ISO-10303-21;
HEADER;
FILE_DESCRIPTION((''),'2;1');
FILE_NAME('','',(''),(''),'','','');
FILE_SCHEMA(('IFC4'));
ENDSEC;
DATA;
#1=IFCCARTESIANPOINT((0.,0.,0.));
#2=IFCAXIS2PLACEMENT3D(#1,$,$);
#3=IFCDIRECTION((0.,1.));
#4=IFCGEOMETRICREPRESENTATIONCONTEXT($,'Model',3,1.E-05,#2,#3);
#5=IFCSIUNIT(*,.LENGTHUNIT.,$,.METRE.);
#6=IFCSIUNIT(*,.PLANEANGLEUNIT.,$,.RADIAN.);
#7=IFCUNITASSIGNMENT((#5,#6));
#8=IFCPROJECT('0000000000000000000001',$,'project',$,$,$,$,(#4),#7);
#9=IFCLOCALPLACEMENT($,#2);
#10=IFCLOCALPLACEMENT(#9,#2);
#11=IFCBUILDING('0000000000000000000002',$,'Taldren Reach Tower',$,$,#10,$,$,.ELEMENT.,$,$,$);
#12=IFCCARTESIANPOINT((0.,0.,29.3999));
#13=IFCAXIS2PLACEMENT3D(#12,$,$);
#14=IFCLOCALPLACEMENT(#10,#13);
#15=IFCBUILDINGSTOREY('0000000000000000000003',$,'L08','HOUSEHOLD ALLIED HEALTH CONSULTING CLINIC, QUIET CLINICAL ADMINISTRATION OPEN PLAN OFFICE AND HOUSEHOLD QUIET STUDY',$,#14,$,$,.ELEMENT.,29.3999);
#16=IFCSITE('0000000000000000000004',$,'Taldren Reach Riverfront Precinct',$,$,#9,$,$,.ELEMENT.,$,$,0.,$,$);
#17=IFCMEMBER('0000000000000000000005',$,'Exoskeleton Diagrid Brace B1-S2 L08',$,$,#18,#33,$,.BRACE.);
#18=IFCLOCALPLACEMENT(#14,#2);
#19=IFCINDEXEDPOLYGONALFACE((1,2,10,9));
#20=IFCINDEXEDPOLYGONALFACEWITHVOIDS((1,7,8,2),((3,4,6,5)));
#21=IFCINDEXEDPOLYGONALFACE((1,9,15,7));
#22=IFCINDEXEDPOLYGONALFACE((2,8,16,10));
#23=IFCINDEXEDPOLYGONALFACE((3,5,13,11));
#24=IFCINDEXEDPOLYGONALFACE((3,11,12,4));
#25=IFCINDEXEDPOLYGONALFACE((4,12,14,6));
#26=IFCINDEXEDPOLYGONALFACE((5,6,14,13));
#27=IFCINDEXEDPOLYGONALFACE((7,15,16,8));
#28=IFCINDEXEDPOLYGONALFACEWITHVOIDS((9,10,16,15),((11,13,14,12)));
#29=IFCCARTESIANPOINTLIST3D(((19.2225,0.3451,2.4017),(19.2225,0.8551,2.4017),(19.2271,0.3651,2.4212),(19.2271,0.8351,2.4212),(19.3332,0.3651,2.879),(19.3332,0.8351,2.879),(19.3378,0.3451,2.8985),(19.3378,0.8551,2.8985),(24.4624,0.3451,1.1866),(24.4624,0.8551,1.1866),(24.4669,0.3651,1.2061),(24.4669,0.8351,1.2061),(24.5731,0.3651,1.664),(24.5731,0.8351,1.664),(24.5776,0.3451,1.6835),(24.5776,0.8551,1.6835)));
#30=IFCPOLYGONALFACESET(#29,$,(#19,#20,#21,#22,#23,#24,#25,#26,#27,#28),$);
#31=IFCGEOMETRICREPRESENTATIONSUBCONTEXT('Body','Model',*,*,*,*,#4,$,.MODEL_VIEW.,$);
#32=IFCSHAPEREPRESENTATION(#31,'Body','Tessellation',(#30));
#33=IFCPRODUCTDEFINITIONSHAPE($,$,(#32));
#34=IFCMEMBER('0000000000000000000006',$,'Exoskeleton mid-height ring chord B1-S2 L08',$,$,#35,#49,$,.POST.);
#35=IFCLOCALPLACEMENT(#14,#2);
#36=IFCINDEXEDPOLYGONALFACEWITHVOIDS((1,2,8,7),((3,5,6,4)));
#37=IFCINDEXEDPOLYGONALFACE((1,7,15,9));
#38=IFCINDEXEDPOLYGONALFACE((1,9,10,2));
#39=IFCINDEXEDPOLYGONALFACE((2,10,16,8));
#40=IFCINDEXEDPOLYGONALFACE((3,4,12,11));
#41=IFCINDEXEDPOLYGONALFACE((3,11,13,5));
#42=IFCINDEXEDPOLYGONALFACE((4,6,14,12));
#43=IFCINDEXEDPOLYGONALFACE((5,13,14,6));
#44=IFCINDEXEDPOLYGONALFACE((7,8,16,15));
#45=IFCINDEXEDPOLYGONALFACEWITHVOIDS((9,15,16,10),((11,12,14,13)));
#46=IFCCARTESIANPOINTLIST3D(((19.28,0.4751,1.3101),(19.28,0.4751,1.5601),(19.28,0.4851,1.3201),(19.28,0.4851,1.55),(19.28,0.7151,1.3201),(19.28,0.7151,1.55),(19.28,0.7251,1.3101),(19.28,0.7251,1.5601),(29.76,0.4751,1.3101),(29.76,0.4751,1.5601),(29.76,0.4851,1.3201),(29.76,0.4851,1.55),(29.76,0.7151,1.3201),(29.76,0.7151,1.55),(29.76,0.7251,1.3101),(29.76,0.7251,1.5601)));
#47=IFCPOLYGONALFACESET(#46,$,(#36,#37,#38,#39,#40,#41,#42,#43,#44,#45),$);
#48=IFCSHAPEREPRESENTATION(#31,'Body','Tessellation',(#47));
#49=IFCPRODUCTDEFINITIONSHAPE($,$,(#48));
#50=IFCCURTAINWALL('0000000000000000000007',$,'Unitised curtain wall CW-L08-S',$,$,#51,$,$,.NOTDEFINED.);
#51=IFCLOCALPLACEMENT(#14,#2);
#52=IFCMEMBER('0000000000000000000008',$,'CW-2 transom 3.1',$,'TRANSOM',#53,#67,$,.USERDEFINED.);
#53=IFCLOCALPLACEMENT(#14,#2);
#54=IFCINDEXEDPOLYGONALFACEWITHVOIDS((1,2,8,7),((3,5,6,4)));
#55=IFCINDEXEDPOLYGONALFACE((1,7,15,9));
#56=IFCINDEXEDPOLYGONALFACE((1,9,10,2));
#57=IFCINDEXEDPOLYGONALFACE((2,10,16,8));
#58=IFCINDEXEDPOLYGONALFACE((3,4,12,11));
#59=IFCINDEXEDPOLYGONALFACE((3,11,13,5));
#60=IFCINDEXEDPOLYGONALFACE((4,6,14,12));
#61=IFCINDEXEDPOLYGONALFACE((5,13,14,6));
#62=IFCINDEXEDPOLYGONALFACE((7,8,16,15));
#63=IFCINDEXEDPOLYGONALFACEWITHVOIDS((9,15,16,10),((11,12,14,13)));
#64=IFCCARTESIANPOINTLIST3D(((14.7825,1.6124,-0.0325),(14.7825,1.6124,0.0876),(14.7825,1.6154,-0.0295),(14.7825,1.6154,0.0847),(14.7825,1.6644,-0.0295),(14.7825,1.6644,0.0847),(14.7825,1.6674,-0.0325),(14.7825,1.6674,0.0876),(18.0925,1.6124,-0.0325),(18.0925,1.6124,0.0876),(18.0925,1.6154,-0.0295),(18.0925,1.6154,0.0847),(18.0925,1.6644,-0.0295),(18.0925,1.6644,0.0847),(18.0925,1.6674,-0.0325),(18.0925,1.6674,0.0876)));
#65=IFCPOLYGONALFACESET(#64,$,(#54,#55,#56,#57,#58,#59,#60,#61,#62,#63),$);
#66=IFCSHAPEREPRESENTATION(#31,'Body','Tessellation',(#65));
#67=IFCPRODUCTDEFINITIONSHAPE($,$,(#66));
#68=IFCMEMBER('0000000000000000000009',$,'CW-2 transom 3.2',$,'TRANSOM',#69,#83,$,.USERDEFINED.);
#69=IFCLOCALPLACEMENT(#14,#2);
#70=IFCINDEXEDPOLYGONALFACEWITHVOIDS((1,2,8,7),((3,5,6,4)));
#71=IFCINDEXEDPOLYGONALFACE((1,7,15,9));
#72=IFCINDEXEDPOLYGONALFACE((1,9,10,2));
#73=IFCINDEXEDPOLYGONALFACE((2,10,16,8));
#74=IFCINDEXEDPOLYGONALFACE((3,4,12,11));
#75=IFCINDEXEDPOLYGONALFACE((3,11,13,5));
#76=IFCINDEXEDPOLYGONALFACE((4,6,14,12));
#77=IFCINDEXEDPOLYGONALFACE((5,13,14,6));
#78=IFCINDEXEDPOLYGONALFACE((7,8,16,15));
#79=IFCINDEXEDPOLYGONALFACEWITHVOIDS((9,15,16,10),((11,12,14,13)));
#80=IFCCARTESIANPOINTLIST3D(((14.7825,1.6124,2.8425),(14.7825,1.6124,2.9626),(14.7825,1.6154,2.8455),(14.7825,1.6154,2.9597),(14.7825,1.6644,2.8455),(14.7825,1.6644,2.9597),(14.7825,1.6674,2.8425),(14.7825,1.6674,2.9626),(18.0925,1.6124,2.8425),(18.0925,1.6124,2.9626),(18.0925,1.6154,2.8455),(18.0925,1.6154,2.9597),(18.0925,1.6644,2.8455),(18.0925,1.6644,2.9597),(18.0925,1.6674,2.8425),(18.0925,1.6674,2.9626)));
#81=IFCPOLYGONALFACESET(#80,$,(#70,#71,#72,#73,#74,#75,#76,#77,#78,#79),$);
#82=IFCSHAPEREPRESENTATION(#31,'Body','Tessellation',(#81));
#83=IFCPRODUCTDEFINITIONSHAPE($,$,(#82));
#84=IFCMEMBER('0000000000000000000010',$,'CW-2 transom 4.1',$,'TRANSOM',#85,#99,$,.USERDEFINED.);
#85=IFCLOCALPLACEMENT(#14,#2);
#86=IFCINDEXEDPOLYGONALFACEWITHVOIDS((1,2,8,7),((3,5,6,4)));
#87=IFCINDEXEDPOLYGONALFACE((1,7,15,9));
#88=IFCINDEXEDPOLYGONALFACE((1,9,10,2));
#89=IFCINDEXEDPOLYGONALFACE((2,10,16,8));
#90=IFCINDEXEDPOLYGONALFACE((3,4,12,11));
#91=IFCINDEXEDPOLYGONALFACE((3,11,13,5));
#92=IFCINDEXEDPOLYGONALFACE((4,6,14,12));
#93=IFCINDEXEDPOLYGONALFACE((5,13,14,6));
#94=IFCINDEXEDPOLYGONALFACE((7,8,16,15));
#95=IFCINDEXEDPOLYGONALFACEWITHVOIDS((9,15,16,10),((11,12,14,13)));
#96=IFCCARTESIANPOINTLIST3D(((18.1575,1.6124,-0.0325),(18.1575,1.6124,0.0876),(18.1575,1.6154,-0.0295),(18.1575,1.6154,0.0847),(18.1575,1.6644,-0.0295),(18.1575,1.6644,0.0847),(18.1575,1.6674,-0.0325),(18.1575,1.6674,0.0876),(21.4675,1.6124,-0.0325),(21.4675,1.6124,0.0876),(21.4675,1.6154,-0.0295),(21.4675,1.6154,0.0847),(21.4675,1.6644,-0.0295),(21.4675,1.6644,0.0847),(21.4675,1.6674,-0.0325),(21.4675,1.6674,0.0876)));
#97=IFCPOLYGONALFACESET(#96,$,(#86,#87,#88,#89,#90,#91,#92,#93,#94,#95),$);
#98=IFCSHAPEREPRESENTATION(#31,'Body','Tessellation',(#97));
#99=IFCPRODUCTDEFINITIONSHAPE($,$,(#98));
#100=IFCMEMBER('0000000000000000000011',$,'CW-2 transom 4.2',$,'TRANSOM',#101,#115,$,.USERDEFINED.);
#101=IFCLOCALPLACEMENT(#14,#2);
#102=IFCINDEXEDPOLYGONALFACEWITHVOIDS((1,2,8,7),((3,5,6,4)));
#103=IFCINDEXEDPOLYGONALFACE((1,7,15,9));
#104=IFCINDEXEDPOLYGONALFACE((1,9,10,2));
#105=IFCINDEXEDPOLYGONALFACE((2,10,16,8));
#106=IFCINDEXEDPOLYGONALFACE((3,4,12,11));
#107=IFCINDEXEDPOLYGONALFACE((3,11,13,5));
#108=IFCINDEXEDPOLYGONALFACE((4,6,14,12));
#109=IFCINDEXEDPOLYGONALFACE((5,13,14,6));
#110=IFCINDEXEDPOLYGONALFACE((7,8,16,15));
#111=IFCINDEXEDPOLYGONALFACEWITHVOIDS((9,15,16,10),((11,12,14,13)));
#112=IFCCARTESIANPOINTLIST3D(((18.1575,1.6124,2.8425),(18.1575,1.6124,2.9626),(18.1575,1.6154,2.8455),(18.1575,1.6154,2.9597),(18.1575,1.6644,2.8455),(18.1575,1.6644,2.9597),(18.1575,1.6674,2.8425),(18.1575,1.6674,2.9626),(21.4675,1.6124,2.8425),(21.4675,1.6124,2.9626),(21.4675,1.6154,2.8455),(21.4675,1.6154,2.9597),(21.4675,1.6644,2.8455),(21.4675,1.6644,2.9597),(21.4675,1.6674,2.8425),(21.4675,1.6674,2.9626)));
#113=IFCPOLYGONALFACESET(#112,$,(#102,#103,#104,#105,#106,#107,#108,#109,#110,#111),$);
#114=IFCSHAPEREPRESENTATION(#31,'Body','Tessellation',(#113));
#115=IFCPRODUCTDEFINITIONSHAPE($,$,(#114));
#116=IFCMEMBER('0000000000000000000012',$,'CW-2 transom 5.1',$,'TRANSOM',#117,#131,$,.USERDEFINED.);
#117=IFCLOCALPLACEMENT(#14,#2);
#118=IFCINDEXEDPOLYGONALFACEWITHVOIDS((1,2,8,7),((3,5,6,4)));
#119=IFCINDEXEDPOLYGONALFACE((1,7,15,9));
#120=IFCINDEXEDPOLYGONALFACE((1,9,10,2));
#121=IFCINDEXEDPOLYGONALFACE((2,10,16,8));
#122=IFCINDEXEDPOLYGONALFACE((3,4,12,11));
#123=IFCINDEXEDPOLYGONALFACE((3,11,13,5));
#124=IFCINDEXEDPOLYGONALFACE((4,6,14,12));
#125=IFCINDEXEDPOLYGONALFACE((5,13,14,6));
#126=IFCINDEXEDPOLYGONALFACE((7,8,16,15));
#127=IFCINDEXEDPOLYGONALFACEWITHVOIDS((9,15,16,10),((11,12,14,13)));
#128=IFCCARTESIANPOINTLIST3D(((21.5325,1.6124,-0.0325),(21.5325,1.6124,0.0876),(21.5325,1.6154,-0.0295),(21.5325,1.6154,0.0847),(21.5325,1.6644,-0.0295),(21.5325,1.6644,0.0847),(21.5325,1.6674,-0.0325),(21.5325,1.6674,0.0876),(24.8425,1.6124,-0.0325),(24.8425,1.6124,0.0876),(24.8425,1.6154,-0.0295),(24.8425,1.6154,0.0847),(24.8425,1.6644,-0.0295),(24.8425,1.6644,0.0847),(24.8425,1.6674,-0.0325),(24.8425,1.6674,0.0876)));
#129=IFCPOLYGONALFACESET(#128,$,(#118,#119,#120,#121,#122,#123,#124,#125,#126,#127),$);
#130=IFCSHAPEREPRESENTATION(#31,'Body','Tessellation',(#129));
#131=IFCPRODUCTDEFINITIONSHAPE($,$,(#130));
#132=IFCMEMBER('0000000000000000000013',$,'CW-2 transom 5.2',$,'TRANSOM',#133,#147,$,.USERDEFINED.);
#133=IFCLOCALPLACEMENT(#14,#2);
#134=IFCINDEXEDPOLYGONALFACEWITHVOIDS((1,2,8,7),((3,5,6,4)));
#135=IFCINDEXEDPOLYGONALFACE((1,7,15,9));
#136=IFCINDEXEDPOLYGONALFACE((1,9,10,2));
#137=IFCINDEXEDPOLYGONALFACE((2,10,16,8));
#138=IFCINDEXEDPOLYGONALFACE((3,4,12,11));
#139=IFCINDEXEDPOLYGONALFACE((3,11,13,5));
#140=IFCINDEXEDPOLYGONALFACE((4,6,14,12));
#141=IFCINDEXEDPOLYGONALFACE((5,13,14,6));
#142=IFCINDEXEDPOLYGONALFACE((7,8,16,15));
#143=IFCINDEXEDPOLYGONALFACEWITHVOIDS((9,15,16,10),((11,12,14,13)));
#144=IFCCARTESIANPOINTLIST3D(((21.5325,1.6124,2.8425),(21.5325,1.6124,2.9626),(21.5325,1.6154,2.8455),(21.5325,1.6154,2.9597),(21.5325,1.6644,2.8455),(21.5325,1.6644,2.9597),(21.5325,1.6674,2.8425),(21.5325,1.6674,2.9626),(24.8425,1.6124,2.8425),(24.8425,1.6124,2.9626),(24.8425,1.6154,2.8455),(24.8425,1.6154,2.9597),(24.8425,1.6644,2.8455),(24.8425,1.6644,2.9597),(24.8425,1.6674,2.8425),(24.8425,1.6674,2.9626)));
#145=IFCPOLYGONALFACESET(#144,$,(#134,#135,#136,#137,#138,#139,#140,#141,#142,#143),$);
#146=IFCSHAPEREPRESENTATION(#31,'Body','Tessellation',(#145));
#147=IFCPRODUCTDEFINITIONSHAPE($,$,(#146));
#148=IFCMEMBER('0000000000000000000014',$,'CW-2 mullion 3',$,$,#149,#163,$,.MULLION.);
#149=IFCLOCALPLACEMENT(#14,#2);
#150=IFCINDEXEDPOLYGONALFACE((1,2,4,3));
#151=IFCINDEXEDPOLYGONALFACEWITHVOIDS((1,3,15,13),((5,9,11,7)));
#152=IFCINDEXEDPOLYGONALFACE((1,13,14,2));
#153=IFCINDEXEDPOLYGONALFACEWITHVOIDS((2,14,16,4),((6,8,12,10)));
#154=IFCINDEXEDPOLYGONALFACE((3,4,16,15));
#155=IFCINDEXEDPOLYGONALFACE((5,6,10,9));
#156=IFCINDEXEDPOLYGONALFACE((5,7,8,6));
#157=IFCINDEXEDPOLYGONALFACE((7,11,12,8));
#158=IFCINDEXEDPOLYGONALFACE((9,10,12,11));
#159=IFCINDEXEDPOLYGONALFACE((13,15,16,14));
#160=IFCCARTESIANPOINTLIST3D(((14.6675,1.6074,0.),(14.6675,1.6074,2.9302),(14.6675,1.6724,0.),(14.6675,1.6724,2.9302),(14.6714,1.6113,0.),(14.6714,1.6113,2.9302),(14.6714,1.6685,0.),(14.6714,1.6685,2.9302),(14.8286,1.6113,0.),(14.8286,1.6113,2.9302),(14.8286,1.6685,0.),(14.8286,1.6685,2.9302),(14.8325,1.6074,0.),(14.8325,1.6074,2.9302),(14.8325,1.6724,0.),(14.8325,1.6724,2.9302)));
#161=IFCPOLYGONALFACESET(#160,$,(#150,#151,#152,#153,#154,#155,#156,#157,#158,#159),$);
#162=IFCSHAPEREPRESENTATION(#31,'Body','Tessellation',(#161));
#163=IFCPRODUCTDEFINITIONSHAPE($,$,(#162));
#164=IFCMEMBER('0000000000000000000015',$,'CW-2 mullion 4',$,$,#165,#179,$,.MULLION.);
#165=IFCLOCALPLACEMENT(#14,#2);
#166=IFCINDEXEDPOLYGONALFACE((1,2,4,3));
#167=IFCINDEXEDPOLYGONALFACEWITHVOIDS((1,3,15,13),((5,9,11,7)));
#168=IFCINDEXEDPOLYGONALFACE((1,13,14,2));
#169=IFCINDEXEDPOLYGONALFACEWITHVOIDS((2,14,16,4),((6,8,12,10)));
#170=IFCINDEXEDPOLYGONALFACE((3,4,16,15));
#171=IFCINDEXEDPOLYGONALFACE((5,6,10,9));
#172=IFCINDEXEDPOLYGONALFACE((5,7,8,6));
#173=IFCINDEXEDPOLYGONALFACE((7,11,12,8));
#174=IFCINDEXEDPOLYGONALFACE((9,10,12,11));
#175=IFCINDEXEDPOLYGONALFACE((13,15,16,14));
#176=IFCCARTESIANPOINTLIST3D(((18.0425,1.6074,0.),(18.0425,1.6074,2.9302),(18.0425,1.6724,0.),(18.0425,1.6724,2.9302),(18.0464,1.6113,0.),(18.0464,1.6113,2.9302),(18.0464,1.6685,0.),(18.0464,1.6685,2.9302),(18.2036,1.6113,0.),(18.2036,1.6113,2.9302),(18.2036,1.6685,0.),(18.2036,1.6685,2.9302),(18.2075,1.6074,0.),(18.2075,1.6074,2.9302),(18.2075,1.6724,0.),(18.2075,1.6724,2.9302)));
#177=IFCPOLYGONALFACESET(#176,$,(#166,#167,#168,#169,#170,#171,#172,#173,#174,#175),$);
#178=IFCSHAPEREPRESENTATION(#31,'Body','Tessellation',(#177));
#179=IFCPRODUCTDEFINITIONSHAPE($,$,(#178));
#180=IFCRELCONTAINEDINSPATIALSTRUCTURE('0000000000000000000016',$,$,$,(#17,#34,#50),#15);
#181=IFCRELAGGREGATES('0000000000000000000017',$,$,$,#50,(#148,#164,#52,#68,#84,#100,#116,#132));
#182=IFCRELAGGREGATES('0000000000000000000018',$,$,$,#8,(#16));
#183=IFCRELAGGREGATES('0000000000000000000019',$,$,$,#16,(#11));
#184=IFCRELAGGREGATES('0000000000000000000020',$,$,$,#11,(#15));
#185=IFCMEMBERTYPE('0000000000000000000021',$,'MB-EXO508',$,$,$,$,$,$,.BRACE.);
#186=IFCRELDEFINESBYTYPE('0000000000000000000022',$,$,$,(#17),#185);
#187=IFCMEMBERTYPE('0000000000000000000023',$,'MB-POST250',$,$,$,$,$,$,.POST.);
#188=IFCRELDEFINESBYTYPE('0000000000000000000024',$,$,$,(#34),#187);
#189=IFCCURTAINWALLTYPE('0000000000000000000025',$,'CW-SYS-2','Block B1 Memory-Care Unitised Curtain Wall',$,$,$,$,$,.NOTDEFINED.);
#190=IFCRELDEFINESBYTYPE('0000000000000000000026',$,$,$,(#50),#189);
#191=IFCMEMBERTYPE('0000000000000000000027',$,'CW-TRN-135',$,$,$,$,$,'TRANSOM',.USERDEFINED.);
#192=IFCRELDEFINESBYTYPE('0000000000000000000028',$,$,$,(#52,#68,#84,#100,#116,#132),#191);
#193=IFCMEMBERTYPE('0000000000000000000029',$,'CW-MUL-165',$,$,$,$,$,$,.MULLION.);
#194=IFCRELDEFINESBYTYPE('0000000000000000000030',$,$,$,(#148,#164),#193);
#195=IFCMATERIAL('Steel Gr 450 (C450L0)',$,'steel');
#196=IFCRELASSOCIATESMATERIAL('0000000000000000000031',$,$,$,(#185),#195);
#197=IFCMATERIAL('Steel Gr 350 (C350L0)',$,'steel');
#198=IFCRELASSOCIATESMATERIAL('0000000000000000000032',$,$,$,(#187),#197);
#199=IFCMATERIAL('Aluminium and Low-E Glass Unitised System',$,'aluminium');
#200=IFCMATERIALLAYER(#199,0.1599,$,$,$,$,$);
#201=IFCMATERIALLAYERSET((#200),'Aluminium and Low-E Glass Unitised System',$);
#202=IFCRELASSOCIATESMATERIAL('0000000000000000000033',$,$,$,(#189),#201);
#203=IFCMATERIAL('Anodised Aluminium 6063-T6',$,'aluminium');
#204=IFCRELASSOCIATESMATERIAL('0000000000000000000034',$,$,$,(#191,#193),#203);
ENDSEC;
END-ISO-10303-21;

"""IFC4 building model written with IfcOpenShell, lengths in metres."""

from ifc_helpers import new_model, si_unit, direction, frame, origin, origin_2d, place, context, subcontext, project, spatial, hollow_rectangle, extrude, source, transform, mapped, material, layer, layer_set, material_profile, profile_set, type_object, element, aggregate, save


model = new_model("IFC4")

# Units and contexts
model_context = context("Model", 3, precision=1e-05, world=origin(), true_north=direction((0.0, 1.0)))
body_context = subcontext(model_context, "Body", "Model", "MODEL_VIEW")
ifc_project = project(units=[si_unit("LENGTHUNIT", "METRE"), si_unit("PLANEANGLEUNIT", "RADIAN")], contexts=[model_context])

# Site, building, storey
site_placement = place(None, origin())
site = spatial("IfcSite", under=ifc_project, at=site_placement, Name="Taldren Reach Riverfront Precinct", CompositionType="ELEMENT", RefElevation=0.0)
building_placement = place(site_placement, origin())
building = spatial("IfcBuilding", under=site, at=building_placement, Name="Taldren Reach Tower", CompositionType="ELEMENT")
storey_placement = place(building_placement, frame((0.0, 0.0, 29.3999)))
storey = spatial("IfcBuildingStorey", under=building, at=storey_placement, Name="L08", Description="HOUSEHOLD ALLIED HEALTH CONSULTING CLINIC, QUIET CLINICAL ADMINISTRATION OPEN PLAN OFFICE AND HOUSEHOLD QUIET STUDY", CompositionType="ELEMENT", Elevation=29.3999)

# Members
ifc_material_1 = material(Name="Steel Gr 450 (C450L0)", Category="steel")
ifc_material_profile_1 = material_profile(ifc_material_1, hollow_rectangle(XDim=0.51, YDim=0.51, WallThickness=0.02, at=origin_2d()), Name="510x510x20.0SHS")
ifc_profile_set_1 = profile_set([ifc_material_profile_1], Name="Steel Gr 450 (C450L0)")
member_type_1 = type_object("IfcMemberType", Name="MB-EXO508", PredefinedType="BRACE", material=ifc_profile_set_1)
shared_shape_1 = source(origin(), body_context, "Body", "SweptSolid", [
    extrude(hollow_rectangle(XDim=0.51, YDim=0.51, WallThickness=0.02, at=origin_2d()), origin(), (0.0, 0.0, 1.0), 5.3789),
])
member_1_placement = place(storey_placement, frame((24.52, 0.6001, 1.4351), z_axis=(-0.974152, 0.0, 0.225894), x_axis=(0.0, -1.0, 0.0)))
element("IfcMember", 1, at=member_1_placement, inside=storey, type_object=member_type_1, Name="Exoskeleton Diagrid Brace B1-S2 L08", PredefinedType="BRACE", context=body_context, shape_type="MappedRepresentation", body=[
    mapped(shared_shape_1, transform((0.0, 0.0, 0.0), scale=1.0)),
])
ifc_material_2 = material(Name="Steel Gr 350 (C350L0)", Category="steel")
ifc_material_profile_2 = material_profile(ifc_material_2, hollow_rectangle(XDim=0.25, YDim=0.25, WallThickness=0.01, at=origin_2d()), Name="250x250x10.0SHS")
ifc_profile_set_2 = profile_set([ifc_material_profile_2], Name="Steel Gr 350 (C350L0)")
member_type_2 = type_object("IfcMemberType", Name="MB-POST250", PredefinedType="POST", material=ifc_profile_set_2)
shared_shape_2 = source(origin(), body_context, "Body", "SweptSolid", [
    extrude(hollow_rectangle(XDim=0.25, YDim=0.25, WallThickness=0.01, at=origin_2d()), origin(), (0.0, 0.0, 1.0), 10.48),
])
member_2_placement = place(storey_placement, frame((19.28, 0.6001, 1.4351), z_axis=(1.0, 0.0, 0.0), x_axis=(0.0, 1.0, 0.0)))
element("IfcMember", 2, at=member_2_placement, inside=storey, type_object=member_type_2, Name="Exoskeleton mid-height ring chord B1-S2 L08", PredefinedType="POST", context=body_context, shape_type="MappedRepresentation", body=[
    mapped(shared_shape_2, transform((0.0, 0.0, 0.0), scale=1.0)),
])

# Curtain wall, members
ifc_material_3 = material(Name="Aluminium and Low-E Glass Unitised System", Category="aluminium")
ifc_layer_1 = layer(ifc_material_3, 0.1599)
ifc_layer_set_1 = layer_set([ifc_layer_1], Name="Aluminium and Low-E Glass Unitised System")
curtain_wall_type = type_object("IfcCurtainWallType", Name="CW-SYS-2", Description="Block B1 Memory-Care Unitised Curtain Wall", PredefinedType="NOTDEFINED", material=ifc_layer_set_1)
curtain_wall_placement = place(storey_placement, origin())
curtain_wall = element("IfcCurtainWall", 3, at=curtain_wall_placement, inside=storey, type_object=curtain_wall_type, Name="Unitised curtain wall CW-L08-S", PredefinedType="NOTDEFINED")
ifc_material_4 = material(Name="Anodised Aluminium 6063-T6", Category="aluminium")
ifc_material_profile_3 = material_profile(ifc_material_4, hollow_rectangle(XDim=0.0549, YDim=0.1201, WallThickness=0.0029, at=origin_2d()), Name="ALU-120x55x3RHS")
ifc_profile_set_3 = profile_set([ifc_material_profile_3], Name="Anodised Aluminium 6063-T6")
member_type_3 = type_object("IfcMemberType", Name="CW-TRN-135", ElementType="TRANSOM", PredefinedType="USERDEFINED", material=ifc_profile_set_3)
shared_shape_3 = source(origin(), body_context, "Body", "SweptSolid", [
    extrude(hollow_rectangle(XDim=0.0549, YDim=0.1201, WallThickness=0.0029, at=origin_2d()), origin(), (0.0, 0.0, 1.0), 3.3101),
])
member_3_placement = place(storey_placement, frame((14.7825, 1.6399, 0.0276), z_axis=(1.0, 0.0, 0.0), x_axis=(0.0, 1.0, 0.0)))
member_3 = element("IfcMember", 4, at=member_3_placement, type_object=member_type_3, Name="CW-2 transom 3.1", ObjectType="TRANSOM", PredefinedType="USERDEFINED", context=body_context, shape_type="MappedRepresentation", body=[
    mapped(shared_shape_3, transform((0.0, 0.0, 0.0), scale=1.0)),
])
member_4_placement = place(storey_placement, frame((14.7825, 1.6399, 2.9026), z_axis=(1.0, 0.0, 0.0), x_axis=(0.0, 1.0, 0.0)))
member_4 = element("IfcMember", 5, at=member_4_placement, type_object=member_type_3, Name="CW-2 transom 3.2", ObjectType="TRANSOM", PredefinedType="USERDEFINED", context=body_context, shape_type="MappedRepresentation", body=[
    mapped(shared_shape_3, transform((0.0, 0.0, 0.0), scale=1.0)),
])
member_5_placement = place(storey_placement, frame((18.1575, 1.6399, 0.0276), z_axis=(1.0, 0.0, 0.0), x_axis=(0.0, 1.0, 0.0)))
member_5 = element("IfcMember", 6, at=member_5_placement, type_object=member_type_3, Name="CW-2 transom 4.1", ObjectType="TRANSOM", PredefinedType="USERDEFINED", context=body_context, shape_type="MappedRepresentation", body=[
    mapped(shared_shape_3, transform((0.0, 0.0, 0.0), scale=1.0)),
])
member_6_placement = place(storey_placement, frame((18.1575, 1.6399, 2.9026), z_axis=(1.0, 0.0, 0.0), x_axis=(0.0, 1.0, 0.0)))
member_6 = element("IfcMember", 7, at=member_6_placement, type_object=member_type_3, Name="CW-2 transom 4.2", ObjectType="TRANSOM", PredefinedType="USERDEFINED", context=body_context, shape_type="MappedRepresentation", body=[
    mapped(shared_shape_3, transform((0.0, 0.0, 0.0), scale=1.0)),
])
member_7_placement = place(storey_placement, frame((21.5325, 1.6399, 0.0276), z_axis=(1.0, 0.0, 0.0), x_axis=(0.0, 1.0, 0.0)))
member_7 = element("IfcMember", 8, at=member_7_placement, type_object=member_type_3, Name="CW-2 transom 5.1", ObjectType="TRANSOM", PredefinedType="USERDEFINED", context=body_context, shape_type="MappedRepresentation", body=[
    mapped(shared_shape_3, transform((0.0, 0.0, 0.0), scale=1.0)),
])
member_8_placement = place(storey_placement, frame((21.5325, 1.6399, 2.9026), z_axis=(1.0, 0.0, 0.0), x_axis=(0.0, 1.0, 0.0)))
member_8 = element("IfcMember", 9, at=member_8_placement, type_object=member_type_3, Name="CW-2 transom 5.2", ObjectType="TRANSOM", PredefinedType="USERDEFINED", context=body_context, shape_type="MappedRepresentation", body=[
    mapped(shared_shape_3, transform((0.0, 0.0, 0.0), scale=1.0)),
])
ifc_material_profile_4 = material_profile(ifc_material_4, hollow_rectangle(XDim=0.0649, YDim=0.165, WallThickness=0.0039, at=origin_2d()), Name="ALU-165x65x4RHS")
ifc_profile_set_4 = profile_set([ifc_material_profile_4], Name="Anodised Aluminium 6063-T6")
member_type_4 = type_object("IfcMemberType", Name="CW-MUL-165", PredefinedType="MULLION", material=ifc_profile_set_4)
shared_shape_4 = source(origin(), body_context, "Body", "SweptSolid", [
    extrude(hollow_rectangle(XDim=0.0649, YDim=0.165, WallThickness=0.0039, at=origin_2d()), origin(), (0.0, 0.0, 1.0), 2.9302),
])
member_9_placement = place(storey_placement, frame((14.75, 1.6399, 0.0), z_axis=(0.0, 0.0, 1.0), x_axis=(0.0, 1.0, 0.0)))
member_9 = element("IfcMember", 10, at=member_9_placement, type_object=member_type_4, Name="CW-2 mullion 3", PredefinedType="MULLION", context=body_context, shape_type="MappedRepresentation", body=[
    mapped(shared_shape_4, transform((0.0, 0.0, 0.0), scale=1.0)),
])
member_10_placement = place(storey_placement, frame((18.125, 1.6399, 0.0), z_axis=(0.0, 0.0, 1.0), x_axis=(0.0, 1.0, 0.0)))
member_10 = element("IfcMember", 11, at=member_10_placement, type_object=member_type_4, Name="CW-2 mullion 4", PredefinedType="MULLION", context=body_context, shape_type="MappedRepresentation", body=[
    mapped(shared_shape_4, transform((0.0, 0.0, 0.0), scale=1.0)),
])

aggregate(curtain_wall, [member_9, member_10, member_3, member_4, member_5, member_6, member_7, member_8])

save(model, "model.ifc")
